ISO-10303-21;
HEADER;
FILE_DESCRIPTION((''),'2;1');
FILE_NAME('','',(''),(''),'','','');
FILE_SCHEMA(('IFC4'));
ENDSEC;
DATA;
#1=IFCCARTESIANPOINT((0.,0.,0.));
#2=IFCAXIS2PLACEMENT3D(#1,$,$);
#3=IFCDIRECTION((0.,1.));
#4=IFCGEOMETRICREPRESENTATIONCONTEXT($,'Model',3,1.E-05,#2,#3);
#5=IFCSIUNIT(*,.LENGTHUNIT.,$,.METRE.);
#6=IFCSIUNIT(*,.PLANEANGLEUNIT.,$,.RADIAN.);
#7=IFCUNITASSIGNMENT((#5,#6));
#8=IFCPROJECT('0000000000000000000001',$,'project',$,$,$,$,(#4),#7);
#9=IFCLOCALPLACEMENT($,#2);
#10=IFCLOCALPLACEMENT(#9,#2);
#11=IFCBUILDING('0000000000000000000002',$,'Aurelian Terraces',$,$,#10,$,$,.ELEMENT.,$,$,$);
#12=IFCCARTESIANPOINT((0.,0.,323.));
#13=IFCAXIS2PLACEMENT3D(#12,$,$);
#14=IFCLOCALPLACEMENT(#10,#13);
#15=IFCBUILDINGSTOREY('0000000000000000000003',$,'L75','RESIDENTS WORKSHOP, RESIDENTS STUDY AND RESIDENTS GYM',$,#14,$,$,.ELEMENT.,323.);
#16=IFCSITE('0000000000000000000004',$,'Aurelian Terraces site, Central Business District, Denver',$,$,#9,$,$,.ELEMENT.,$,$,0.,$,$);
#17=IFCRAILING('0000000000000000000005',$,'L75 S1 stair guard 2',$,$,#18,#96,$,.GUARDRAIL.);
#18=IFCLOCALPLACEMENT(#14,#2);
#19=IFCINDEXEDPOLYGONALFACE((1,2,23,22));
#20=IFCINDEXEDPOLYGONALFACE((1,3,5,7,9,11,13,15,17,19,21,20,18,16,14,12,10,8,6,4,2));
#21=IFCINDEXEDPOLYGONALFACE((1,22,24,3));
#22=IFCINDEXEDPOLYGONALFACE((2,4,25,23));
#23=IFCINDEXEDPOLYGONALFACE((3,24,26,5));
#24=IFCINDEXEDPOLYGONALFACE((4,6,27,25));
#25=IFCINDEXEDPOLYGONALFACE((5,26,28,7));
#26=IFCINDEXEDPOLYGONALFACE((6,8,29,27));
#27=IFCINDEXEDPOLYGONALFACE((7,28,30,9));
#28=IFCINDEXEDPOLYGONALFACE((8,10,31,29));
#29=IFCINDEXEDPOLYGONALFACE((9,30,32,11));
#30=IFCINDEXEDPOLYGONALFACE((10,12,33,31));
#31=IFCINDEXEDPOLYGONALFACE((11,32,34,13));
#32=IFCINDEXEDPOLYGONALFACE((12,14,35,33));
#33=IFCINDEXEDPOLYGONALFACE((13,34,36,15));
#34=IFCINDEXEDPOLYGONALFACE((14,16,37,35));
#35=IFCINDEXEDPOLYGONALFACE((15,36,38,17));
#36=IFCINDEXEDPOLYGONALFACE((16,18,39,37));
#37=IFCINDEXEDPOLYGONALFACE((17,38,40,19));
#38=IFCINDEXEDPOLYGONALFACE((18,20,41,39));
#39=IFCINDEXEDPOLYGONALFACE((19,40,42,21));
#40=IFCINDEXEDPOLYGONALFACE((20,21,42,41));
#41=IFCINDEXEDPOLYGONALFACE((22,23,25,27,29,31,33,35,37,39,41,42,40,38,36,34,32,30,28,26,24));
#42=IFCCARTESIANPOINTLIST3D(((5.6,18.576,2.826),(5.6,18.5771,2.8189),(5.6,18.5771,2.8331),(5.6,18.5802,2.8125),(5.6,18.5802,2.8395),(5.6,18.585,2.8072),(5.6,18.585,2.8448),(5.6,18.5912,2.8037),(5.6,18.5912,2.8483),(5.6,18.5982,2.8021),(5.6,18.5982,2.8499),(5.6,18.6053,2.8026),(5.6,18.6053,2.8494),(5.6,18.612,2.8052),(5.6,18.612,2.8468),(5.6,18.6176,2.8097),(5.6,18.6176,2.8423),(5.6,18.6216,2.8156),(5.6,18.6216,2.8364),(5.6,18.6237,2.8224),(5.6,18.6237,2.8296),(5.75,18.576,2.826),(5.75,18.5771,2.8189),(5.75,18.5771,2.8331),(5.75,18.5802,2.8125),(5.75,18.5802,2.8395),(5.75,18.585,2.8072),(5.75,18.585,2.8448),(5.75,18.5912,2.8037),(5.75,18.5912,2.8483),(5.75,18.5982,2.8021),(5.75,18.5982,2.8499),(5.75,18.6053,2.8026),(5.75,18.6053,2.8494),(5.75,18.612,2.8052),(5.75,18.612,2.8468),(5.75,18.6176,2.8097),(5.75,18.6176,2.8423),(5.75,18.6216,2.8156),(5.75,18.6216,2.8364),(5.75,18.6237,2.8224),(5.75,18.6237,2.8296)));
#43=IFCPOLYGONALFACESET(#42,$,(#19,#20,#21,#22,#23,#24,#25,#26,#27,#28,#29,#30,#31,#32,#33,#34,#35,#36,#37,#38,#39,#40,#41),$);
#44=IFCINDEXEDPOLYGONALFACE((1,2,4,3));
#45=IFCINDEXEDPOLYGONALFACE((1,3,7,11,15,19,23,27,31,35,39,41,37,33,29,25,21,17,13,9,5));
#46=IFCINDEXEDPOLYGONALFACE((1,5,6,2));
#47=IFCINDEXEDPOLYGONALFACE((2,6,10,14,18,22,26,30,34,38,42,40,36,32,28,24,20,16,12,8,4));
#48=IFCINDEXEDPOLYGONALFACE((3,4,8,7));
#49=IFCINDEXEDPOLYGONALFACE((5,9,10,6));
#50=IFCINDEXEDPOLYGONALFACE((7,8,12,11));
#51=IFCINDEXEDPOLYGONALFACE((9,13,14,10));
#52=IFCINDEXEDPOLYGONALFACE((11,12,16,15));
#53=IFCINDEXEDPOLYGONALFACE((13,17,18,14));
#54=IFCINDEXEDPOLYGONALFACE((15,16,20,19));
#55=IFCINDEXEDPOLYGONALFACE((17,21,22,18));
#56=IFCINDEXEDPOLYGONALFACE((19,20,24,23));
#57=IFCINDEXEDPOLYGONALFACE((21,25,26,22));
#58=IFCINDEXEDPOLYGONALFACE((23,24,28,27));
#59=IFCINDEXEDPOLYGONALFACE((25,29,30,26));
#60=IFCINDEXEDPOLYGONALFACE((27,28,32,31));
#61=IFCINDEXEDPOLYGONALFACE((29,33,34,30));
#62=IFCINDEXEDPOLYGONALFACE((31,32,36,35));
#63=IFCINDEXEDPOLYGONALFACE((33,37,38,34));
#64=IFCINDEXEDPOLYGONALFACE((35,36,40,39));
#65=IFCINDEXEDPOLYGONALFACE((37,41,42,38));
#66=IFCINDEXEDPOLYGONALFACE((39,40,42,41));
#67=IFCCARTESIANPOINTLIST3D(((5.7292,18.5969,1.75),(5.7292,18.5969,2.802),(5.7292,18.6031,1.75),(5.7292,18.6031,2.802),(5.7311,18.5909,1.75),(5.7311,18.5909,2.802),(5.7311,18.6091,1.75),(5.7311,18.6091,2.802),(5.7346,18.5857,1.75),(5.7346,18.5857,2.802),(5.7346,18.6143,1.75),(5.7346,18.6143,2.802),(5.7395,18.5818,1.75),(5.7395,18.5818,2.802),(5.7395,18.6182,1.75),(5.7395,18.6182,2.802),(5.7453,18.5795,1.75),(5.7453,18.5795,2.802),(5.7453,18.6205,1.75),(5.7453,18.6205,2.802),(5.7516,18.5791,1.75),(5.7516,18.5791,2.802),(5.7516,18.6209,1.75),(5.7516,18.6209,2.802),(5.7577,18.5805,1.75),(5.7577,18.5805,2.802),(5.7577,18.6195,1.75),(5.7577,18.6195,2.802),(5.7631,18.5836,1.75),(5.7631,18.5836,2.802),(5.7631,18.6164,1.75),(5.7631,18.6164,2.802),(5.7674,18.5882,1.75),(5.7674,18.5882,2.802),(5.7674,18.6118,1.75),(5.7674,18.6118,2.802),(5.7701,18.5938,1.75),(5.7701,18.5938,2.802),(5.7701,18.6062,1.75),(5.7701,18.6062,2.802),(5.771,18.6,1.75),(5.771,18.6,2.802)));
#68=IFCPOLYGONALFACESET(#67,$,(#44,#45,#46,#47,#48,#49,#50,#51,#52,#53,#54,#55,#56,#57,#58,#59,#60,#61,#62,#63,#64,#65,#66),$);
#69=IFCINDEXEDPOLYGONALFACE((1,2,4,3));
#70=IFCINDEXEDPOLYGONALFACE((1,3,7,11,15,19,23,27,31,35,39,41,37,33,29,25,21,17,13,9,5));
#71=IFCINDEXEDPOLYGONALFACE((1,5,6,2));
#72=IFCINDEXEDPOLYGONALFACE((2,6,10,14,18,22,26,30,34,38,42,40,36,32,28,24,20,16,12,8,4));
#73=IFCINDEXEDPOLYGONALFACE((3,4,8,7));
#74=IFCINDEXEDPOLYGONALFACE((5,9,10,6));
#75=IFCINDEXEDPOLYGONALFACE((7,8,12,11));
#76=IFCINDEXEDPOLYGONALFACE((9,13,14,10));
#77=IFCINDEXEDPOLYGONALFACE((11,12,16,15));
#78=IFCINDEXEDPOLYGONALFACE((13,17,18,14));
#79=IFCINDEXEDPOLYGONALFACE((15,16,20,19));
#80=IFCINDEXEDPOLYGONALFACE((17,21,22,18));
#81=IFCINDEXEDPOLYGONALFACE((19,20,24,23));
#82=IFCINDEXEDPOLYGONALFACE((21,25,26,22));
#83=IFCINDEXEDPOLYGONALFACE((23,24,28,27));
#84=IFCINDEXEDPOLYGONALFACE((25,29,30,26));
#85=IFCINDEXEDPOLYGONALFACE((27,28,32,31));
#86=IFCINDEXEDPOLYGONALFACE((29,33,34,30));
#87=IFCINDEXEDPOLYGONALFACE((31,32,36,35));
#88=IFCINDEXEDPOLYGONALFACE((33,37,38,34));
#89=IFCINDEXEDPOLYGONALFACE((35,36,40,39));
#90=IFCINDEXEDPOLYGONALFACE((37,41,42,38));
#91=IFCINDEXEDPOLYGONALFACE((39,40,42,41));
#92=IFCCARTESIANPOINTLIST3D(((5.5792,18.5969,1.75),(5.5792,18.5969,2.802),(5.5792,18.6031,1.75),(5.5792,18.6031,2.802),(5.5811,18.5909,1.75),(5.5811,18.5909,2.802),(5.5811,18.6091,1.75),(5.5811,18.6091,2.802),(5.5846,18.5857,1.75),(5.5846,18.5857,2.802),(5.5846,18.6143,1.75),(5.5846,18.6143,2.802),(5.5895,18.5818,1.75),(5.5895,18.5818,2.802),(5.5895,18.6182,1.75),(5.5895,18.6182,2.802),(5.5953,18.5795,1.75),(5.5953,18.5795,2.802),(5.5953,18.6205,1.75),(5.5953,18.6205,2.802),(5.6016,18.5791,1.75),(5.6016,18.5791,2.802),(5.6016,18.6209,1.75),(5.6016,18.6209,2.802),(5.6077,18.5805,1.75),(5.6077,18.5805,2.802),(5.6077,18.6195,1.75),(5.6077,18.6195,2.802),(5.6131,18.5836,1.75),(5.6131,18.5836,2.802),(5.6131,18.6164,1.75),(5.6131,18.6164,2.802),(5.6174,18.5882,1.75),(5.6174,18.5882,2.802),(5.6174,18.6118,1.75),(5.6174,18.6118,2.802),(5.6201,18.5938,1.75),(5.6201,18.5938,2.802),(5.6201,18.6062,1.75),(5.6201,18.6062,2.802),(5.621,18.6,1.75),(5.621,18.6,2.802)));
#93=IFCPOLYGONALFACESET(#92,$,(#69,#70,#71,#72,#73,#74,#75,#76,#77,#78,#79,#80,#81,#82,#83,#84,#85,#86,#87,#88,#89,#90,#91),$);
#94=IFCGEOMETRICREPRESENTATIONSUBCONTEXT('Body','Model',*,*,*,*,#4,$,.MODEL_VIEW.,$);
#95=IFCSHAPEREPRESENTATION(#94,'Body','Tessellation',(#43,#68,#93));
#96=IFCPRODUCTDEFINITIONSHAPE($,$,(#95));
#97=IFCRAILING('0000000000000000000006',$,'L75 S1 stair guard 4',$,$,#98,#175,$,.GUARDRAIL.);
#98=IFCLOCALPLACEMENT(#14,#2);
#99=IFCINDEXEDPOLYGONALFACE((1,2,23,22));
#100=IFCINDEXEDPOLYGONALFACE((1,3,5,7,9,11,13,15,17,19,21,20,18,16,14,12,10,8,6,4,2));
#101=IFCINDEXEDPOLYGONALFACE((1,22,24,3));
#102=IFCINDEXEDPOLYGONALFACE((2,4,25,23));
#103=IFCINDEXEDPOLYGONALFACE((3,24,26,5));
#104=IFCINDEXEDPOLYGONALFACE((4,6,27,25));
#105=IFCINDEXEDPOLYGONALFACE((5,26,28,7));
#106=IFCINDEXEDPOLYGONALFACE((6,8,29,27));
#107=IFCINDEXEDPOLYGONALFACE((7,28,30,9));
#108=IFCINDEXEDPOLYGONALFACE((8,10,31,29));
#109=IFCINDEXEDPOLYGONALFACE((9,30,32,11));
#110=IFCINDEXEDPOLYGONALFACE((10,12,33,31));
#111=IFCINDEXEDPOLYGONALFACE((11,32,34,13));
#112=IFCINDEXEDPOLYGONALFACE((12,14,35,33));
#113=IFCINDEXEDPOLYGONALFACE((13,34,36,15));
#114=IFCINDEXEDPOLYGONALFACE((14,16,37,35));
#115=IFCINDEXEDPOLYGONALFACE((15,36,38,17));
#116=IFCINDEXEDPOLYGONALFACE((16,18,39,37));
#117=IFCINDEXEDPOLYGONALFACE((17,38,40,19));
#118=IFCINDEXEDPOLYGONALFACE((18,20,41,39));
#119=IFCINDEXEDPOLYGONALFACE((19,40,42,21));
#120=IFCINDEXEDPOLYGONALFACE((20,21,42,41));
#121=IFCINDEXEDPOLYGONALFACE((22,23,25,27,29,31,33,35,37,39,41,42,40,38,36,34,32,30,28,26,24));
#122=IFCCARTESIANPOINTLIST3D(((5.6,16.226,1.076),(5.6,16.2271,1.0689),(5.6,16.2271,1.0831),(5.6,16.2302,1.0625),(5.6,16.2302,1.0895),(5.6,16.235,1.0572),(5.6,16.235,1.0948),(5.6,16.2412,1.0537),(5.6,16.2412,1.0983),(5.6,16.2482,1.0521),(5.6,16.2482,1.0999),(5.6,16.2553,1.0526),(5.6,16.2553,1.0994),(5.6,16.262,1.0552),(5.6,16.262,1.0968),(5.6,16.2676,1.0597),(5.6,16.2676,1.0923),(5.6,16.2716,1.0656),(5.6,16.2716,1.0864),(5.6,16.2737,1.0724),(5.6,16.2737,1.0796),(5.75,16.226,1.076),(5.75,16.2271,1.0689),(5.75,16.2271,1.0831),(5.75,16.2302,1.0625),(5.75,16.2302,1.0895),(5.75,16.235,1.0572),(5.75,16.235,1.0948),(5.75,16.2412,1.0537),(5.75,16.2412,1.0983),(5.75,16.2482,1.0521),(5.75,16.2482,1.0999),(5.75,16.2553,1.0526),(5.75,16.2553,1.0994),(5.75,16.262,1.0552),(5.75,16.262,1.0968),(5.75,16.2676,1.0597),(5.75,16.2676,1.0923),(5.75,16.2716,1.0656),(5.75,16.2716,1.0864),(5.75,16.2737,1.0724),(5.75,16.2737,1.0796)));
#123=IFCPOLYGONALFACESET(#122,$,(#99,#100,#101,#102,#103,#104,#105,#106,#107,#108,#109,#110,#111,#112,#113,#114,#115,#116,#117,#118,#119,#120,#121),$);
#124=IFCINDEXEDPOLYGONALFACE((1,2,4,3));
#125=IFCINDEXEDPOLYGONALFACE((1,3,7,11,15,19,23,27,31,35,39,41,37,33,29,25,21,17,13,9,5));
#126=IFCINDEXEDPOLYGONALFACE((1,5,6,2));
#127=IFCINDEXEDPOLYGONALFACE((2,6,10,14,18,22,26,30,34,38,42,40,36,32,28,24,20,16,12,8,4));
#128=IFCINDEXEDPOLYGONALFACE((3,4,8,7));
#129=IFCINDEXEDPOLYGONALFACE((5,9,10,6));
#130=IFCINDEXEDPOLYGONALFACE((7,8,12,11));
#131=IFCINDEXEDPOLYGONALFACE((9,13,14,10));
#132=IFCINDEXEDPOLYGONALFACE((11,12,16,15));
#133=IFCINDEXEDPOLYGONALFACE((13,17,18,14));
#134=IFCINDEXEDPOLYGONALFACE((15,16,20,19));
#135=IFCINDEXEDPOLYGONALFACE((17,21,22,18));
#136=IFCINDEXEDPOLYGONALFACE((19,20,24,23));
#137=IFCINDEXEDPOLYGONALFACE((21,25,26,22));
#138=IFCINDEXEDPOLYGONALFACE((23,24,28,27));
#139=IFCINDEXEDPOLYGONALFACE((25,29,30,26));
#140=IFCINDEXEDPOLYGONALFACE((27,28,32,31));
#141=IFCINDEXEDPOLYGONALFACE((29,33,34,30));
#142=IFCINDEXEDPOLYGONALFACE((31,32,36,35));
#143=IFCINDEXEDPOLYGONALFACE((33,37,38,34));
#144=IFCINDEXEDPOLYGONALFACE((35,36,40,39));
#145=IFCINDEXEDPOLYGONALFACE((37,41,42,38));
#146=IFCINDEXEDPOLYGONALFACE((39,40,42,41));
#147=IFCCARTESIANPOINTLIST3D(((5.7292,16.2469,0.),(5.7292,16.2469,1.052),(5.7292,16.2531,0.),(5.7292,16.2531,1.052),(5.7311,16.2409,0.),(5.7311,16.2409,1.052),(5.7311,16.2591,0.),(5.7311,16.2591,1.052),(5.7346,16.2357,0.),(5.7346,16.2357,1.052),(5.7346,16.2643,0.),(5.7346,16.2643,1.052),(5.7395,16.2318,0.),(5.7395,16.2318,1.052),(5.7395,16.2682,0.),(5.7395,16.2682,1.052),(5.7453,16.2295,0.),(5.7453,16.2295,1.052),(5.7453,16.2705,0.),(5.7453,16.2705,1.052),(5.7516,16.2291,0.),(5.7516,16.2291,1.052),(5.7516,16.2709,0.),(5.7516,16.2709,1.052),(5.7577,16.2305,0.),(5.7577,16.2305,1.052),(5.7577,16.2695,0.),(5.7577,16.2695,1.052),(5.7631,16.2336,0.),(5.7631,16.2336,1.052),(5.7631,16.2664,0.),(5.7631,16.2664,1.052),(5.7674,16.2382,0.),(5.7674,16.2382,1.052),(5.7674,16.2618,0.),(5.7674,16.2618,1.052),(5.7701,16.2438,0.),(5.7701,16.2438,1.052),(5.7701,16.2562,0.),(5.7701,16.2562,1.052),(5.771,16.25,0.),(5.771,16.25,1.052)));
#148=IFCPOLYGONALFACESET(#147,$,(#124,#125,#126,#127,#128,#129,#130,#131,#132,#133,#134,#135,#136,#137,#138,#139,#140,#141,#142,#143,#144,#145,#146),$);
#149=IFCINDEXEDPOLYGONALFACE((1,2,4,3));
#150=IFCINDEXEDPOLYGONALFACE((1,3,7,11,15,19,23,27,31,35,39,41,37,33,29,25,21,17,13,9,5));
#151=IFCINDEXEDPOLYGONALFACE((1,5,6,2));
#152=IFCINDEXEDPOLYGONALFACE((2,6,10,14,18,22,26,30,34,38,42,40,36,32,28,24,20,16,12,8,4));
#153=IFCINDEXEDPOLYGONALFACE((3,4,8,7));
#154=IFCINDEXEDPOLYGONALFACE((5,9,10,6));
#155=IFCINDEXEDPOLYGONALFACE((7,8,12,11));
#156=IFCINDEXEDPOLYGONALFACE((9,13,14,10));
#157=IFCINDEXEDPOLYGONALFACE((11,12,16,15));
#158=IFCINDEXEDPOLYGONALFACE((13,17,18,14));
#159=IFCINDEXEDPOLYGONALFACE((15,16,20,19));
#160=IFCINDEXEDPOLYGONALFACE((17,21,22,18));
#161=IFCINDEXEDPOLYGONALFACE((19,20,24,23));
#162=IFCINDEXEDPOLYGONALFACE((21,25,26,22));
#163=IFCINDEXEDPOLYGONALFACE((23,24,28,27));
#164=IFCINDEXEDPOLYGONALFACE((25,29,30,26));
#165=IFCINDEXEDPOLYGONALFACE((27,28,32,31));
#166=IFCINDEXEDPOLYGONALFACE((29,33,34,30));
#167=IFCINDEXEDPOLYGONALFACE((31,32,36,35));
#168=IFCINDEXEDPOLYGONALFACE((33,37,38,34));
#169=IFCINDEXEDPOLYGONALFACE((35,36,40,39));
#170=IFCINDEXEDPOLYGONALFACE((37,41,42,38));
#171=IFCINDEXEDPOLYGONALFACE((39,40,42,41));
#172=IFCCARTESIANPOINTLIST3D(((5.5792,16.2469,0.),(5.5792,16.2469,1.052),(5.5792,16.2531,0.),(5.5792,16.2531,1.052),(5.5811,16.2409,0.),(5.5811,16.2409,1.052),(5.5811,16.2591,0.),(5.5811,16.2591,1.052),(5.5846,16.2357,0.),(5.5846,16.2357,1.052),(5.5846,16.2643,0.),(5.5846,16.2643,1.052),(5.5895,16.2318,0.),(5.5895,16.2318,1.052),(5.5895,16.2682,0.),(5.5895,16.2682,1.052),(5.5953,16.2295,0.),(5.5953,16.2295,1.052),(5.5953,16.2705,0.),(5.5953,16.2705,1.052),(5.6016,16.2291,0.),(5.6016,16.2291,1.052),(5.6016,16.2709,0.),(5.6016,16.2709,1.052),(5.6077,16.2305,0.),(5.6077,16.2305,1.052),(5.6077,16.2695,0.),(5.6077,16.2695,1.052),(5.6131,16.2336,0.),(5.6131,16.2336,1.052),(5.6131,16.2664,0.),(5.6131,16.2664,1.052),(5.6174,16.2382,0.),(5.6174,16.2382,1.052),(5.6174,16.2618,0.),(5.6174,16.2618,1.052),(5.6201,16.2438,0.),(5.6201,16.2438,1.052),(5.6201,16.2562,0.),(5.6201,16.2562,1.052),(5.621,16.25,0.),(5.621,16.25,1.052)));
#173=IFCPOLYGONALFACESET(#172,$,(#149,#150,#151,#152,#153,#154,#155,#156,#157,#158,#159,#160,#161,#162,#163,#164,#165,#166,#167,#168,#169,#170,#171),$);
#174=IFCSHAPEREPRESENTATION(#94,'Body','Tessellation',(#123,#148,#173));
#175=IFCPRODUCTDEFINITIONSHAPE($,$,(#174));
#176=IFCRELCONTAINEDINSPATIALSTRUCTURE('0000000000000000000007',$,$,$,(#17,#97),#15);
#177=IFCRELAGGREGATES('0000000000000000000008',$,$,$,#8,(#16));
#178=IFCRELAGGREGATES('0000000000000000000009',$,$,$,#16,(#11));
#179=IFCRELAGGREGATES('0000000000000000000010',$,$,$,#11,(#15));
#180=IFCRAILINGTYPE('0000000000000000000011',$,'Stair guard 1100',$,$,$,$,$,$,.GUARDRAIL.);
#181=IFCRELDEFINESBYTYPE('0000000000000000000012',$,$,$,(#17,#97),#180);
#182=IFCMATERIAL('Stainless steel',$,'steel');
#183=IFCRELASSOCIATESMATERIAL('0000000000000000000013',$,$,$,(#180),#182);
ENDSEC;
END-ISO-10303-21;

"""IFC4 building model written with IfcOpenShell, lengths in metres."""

from ifc_helpers import new_model, si_unit, direction, frame, origin, origin_2d, place, context, subcontext, project, spatial, circle, extrude, source, transform, mapped, material, type_object, element, save


model = new_model("IFC4")

# Units and contexts
model_context = context("Model", 3, precision=1e-05, world=origin(), true_north=direction((0.0, 1.0)))
body_context = subcontext(model_context, "Body", "Model", "MODEL_VIEW")
ifc_project = project(units=[si_unit("LENGTHUNIT", "METRE"), si_unit("PLANEANGLEUNIT", "RADIAN")], contexts=[model_context])

# Site, building, storey
site_placement = place(None, origin())
site = spatial("IfcSite", under=ifc_project, at=site_placement, Name="Aurelian Terraces site, Central Business District, Denver", CompositionType="ELEMENT", RefElevation=0.0)
building_placement = place(site_placement, origin())
building = spatial("IfcBuilding", under=site, at=building_placement, Name="Aurelian Terraces", CompositionType="ELEMENT")
storey_placement = place(building_placement, frame((0.0, 0.0, 323.0)))
storey = spatial("IfcBuildingStorey", under=building, at=storey_placement, Name="L75", Description="RESIDENTS WORKSHOP, RESIDENTS STUDY AND RESIDENTS GYM", CompositionType="ELEMENT", Elevation=323.0)

# Railings
ifc_material_1 = material(Name="Stainless steel", Category="steel")
railing_type_1 = type_object("IfcRailingType", Name="Stair guard 1100", PredefinedType="GUARDRAIL", material=ifc_material_1)
shared_shape_1 = source(origin(), body_context, "Body", "SweptSolid", [
    extrude(circle(Radius=0.024, at=origin_2d()), frame((0.0, 0.0, 1.076), z_axis=(-1.0, 0.0, 0.0), x_axis=(0.0, -1.0, 0.0)), (0.0, 0.0, 1.0), 0.15),
    extrude(circle(Radius=0.021, at=origin_2d()), origin(), (0.0, 0.0, 1.0), 1.052),
    extrude(circle(Radius=0.021, at=origin_2d()), frame((-0.15, 0.0, 0.0)), (0.0, 0.0, 1.0), 1.052),
])
for number, where, name in (
    (1, (5.75, 18.6, 1.75), "L75 S1 stair guard 2"),
    (2, (5.75, 16.25, 0.0), "L75 S1 stair guard 4"),
):
    element("IfcRailing", number, at=place(storey_placement, frame(where)), inside=storey, type_object=railing_type_1, Name=name, PredefinedType="GUARDRAIL", context=body_context, shape_type="MappedRepresentation", body=[
        mapped(shared_shape_1, transform((0.0, 0.0, 0.0), scale=1.0)),
    ])

save(model, "model.ifc")
